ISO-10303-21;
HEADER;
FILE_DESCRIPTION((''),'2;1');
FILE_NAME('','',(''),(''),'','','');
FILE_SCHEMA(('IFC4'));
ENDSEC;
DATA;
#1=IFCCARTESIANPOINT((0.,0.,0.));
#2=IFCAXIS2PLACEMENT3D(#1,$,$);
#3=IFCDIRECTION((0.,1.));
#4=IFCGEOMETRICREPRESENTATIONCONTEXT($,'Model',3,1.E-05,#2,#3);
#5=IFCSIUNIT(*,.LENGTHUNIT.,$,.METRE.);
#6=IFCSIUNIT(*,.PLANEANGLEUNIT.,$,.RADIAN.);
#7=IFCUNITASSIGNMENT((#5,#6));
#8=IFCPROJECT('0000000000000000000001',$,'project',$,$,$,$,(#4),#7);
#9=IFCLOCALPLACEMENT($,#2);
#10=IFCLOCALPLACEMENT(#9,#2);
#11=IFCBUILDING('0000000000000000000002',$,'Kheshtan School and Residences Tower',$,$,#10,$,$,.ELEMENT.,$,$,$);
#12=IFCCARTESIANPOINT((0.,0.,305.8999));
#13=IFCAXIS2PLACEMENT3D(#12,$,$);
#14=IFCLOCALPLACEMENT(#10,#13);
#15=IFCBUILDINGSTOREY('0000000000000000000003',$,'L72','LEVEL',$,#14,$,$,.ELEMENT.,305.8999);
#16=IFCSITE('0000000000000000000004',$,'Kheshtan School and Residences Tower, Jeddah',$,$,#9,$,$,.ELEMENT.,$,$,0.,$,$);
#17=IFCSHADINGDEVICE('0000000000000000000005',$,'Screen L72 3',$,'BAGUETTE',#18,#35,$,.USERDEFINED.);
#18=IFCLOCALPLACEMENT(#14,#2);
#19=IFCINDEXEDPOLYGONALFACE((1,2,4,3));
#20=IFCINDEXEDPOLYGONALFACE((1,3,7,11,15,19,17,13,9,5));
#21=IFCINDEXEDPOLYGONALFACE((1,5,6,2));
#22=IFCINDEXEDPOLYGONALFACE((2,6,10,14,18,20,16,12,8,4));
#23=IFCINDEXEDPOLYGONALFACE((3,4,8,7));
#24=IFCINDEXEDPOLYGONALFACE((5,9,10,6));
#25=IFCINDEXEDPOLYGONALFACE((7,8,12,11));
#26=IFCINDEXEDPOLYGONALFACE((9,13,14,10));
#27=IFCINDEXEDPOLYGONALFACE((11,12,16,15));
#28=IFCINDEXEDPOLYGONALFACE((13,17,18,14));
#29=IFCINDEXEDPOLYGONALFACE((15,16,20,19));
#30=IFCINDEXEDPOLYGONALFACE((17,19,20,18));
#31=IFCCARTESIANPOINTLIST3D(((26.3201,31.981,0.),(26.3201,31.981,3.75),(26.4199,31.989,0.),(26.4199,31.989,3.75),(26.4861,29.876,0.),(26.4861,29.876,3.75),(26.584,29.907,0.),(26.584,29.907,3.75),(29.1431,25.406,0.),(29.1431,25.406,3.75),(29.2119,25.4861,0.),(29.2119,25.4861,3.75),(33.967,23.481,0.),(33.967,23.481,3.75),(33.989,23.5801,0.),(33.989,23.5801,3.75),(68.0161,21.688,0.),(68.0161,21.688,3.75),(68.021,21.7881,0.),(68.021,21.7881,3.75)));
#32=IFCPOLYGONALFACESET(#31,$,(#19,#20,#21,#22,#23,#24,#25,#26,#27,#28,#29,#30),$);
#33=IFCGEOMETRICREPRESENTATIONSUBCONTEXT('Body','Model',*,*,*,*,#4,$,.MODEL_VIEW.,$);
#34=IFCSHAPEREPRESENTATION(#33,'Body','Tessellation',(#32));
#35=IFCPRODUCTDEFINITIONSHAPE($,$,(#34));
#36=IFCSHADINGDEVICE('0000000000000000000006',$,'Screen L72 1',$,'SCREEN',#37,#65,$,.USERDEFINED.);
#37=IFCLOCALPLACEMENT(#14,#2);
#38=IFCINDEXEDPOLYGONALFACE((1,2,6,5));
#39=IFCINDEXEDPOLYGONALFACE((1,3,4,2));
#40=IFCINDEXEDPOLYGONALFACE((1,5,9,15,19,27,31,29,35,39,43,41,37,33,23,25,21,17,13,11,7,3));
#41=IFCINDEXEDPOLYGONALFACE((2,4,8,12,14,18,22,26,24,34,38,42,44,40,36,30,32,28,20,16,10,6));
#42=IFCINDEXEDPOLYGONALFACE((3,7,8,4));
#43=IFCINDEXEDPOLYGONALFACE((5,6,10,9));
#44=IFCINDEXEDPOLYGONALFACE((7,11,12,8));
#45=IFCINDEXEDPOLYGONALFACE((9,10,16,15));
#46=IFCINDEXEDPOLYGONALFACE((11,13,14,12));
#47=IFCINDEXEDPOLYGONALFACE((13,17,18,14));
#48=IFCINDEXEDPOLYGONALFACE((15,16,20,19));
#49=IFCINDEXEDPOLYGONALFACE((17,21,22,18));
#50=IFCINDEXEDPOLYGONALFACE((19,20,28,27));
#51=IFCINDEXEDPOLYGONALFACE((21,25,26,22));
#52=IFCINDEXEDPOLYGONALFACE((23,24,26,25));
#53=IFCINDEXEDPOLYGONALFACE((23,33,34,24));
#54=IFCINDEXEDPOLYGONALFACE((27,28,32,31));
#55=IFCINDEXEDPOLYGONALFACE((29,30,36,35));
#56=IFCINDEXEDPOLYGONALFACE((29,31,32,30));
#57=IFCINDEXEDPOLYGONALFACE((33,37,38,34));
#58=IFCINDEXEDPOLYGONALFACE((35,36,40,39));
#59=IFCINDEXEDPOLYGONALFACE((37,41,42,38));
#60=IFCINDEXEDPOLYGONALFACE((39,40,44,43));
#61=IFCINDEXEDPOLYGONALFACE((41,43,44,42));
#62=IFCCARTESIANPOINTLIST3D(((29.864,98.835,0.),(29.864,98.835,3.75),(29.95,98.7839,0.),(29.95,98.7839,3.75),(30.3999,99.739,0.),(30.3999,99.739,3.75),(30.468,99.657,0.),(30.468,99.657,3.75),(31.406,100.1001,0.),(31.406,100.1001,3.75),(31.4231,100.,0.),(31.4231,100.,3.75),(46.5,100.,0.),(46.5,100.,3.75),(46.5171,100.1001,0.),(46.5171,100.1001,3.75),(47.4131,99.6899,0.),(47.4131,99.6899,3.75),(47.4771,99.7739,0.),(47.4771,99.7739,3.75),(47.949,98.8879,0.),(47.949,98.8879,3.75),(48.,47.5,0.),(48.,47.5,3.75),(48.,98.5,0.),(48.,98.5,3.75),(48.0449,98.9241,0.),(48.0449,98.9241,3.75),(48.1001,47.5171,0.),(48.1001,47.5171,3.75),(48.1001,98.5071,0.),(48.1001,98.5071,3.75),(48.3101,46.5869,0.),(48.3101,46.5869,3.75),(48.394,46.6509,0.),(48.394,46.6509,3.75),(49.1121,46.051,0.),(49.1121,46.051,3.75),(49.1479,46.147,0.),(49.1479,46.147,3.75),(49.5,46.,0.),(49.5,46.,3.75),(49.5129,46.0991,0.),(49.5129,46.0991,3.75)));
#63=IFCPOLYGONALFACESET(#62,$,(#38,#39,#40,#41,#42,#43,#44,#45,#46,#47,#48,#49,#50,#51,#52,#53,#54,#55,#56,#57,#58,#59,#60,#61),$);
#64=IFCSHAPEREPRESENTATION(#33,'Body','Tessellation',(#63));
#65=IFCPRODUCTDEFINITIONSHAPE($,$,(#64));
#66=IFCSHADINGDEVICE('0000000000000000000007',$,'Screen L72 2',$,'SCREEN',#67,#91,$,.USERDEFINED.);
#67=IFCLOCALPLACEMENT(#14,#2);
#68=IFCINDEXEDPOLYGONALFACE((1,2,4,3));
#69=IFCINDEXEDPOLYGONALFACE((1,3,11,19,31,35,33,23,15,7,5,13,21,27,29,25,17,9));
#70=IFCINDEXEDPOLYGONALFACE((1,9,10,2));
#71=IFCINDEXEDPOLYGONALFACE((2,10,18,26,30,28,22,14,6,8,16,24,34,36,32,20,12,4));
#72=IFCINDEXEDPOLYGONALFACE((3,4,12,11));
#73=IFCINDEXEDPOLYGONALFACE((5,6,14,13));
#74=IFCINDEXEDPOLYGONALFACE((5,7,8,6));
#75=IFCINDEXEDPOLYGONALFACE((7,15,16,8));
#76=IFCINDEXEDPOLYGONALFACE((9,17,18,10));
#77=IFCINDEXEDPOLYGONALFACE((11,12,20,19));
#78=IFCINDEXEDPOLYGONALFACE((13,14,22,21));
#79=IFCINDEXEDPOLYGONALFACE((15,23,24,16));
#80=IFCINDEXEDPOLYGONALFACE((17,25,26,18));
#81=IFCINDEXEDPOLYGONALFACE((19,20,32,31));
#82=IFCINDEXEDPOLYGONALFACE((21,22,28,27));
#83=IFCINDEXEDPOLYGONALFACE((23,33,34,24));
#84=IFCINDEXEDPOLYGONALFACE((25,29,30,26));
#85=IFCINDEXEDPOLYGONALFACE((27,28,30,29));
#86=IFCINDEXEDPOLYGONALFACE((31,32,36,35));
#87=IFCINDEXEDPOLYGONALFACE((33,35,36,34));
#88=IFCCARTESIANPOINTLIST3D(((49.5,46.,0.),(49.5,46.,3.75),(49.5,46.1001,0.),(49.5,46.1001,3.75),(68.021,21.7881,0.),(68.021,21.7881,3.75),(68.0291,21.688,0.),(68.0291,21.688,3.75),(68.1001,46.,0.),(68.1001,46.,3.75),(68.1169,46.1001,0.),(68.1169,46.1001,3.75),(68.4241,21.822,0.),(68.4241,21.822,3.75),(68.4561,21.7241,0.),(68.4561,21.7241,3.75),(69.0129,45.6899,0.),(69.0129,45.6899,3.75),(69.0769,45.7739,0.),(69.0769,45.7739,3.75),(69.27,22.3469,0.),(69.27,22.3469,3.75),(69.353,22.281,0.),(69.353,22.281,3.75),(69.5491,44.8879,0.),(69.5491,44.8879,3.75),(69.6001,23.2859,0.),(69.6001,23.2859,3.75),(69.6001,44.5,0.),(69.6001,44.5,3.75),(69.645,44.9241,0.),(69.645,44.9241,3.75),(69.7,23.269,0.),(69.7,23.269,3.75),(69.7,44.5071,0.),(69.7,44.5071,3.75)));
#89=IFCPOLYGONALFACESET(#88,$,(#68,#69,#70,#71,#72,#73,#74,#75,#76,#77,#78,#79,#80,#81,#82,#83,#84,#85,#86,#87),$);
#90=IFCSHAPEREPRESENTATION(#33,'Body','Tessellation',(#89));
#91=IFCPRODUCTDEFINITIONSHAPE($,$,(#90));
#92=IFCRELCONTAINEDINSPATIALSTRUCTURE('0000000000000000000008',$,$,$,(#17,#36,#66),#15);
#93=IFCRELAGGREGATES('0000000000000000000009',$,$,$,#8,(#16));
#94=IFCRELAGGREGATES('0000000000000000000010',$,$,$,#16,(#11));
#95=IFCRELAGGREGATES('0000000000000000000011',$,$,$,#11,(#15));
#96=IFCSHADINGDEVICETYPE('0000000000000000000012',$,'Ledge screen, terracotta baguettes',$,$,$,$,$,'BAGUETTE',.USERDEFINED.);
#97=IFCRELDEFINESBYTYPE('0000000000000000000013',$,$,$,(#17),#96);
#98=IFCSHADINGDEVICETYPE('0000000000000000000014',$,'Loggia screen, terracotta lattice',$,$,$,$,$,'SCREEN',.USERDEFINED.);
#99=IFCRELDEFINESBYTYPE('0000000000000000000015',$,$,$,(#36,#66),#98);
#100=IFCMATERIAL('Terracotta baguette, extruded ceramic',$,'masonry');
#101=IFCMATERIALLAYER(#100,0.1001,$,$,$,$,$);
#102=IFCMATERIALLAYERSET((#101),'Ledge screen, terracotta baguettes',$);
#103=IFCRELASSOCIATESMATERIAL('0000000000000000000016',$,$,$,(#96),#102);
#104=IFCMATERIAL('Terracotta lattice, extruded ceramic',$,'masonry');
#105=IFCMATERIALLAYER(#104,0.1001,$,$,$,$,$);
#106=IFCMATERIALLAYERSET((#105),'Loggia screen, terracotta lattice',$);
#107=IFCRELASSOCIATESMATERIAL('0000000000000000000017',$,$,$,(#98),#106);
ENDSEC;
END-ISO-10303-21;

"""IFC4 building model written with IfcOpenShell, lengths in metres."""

from ifc_helpers import new_model, si_unit, direction, frame, origin, place, context, subcontext, project, spatial, polyline, outline, extrude, material, layer, layer_set, type_object, element, save


model = new_model("IFC4")

# Units and contexts
model_context = context("Model", 3, precision=1e-05, world=origin(), true_north=direction((0.0, 1.0)))
body_context = subcontext(model_context, "Body", "Model", "MODEL_VIEW")
ifc_project = project(units=[si_unit("LENGTHUNIT", "METRE"), si_unit("PLANEANGLEUNIT", "RADIAN")], contexts=[model_context])

# Site, building, storey
site_placement = place(None, origin())
site = spatial("IfcSite", under=ifc_project, at=site_placement, Name="Kheshtan School and Residences Tower, Jeddah", CompositionType="ELEMENT", RefElevation=0.0)
building_placement = place(site_placement, origin())
building = spatial("IfcBuilding", under=site, at=building_placement, Name="Kheshtan School and Residences Tower", CompositionType="ELEMENT")
storey_placement = place(building_placement, frame((0.0, 0.0, 305.8999)))
storey = spatial("IfcBuildingStorey", under=building, at=storey_placement, Name="L72", Description="LEVEL", CompositionType="ELEMENT", Elevation=305.8999)

# Shading devices
ifc_material_1 = material(Name="Terracotta baguette, extruded ceramic", Category="masonry")
ifc_layer_1 = layer(ifc_material_1, 0.1001)
ifc_layer_set_1 = layer_set([ifc_layer_1], Name="Ledge screen, terracotta baguettes")
shading_device_type_1 = type_object("IfcShadingDeviceType", Name="Ledge screen, terracotta baguettes", ElementType="BAGUETTE", PredefinedType="USERDEFINED", material=ifc_layer_set_1)
shading_device_1_placement = place(storey_placement, origin())
element("IfcShadingDevice", 1, at=shading_device_1_placement, inside=storey, type_object=shading_device_type_1, Name="Screen L72 3", ObjectType="BAGUETTE", PredefinedType="USERDEFINED", context=body_context, shape_type="SweptSolid", body=[
    extrude(outline(polyline([(68.021, 21.7881), (33.989, 23.5801), (29.2119, 25.4861), (26.584, 29.907), (26.4199, 31.989), (26.3201, 31.981), (26.4861, 29.876), (29.1431, 25.406), (33.967, 23.481), (68.0161, 21.688), (68.021, 21.7881)])), origin(), (0.0, 0.0, 1.0), 3.75),
])
ifc_material_2 = material(Name="Terracotta lattice, extruded ceramic", Category="masonry")
ifc_layer_2 = layer(ifc_material_2, 0.1001)
ifc_layer_set_2 = layer_set([ifc_layer_2], Name="Loggia screen, terracotta lattice")
shading_device_type_2 = type_object("IfcShadingDeviceType", Name="Loggia screen, terracotta lattice", ElementType="SCREEN", PredefinedType="USERDEFINED", material=ifc_layer_set_2)
shading_device_2_placement = place(storey_placement, origin())
element("IfcShadingDevice", 2, at=shading_device_2_placement, inside=storey, type_object=shading_device_type_2, Name="Screen L72 1", ObjectType="SCREEN", PredefinedType="USERDEFINED", context=body_context, shape_type="SweptSolid", body=[
    extrude(outline(polyline([(29.95, 98.7839), (30.468, 99.657), (31.4231, 100.0), (46.5, 100.0), (47.4131, 99.6899), (47.949, 98.8879), (48.0, 98.5), (48.0, 47.5), (48.3101, 46.5869), (49.1121, 46.051), (49.5, 46.0), (49.5129, 46.0991), (49.1479, 46.147), (48.394, 46.6509), (48.1001, 47.5171), (48.1001, 98.5071), (48.0449, 98.9241), (47.4771, 99.7739), (46.5171, 100.1001), (31.406, 100.1001), (30.3999, 99.739), (29.864, 98.835), (29.95, 98.7839)])), origin(), (0.0, 0.0, 1.0), 3.75),
])
shading_device_3_placement = place(storey_placement, origin())
element("IfcShadingDevice", 3, at=shading_device_3_placement, inside=storey, type_object=shading_device_type_2, Name="Screen L72 2", ObjectType="SCREEN", PredefinedType="USERDEFINED", context=body_context, shape_type="SweptSolid", body=[
    extrude(outline(polyline([(49.5, 46.0), (68.1001, 46.0), (69.0129, 45.6899), (69.5491, 44.8879), (69.6001, 44.5), (69.6001, 23.2859), (69.27, 22.3469), (68.4241, 21.822), (68.021, 21.7881), (68.0291, 21.688), (68.4561, 21.7241), (69.353, 22.281), (69.7, 23.269), (69.7, 44.5071), (69.645, 44.9241), (69.0769, 45.7739), (68.1169, 46.1001), (49.5, 46.1001), (49.5, 46.0)])), origin(), (0.0, 0.0, 1.0), 3.75),
])

save(model, "model.ifc")
